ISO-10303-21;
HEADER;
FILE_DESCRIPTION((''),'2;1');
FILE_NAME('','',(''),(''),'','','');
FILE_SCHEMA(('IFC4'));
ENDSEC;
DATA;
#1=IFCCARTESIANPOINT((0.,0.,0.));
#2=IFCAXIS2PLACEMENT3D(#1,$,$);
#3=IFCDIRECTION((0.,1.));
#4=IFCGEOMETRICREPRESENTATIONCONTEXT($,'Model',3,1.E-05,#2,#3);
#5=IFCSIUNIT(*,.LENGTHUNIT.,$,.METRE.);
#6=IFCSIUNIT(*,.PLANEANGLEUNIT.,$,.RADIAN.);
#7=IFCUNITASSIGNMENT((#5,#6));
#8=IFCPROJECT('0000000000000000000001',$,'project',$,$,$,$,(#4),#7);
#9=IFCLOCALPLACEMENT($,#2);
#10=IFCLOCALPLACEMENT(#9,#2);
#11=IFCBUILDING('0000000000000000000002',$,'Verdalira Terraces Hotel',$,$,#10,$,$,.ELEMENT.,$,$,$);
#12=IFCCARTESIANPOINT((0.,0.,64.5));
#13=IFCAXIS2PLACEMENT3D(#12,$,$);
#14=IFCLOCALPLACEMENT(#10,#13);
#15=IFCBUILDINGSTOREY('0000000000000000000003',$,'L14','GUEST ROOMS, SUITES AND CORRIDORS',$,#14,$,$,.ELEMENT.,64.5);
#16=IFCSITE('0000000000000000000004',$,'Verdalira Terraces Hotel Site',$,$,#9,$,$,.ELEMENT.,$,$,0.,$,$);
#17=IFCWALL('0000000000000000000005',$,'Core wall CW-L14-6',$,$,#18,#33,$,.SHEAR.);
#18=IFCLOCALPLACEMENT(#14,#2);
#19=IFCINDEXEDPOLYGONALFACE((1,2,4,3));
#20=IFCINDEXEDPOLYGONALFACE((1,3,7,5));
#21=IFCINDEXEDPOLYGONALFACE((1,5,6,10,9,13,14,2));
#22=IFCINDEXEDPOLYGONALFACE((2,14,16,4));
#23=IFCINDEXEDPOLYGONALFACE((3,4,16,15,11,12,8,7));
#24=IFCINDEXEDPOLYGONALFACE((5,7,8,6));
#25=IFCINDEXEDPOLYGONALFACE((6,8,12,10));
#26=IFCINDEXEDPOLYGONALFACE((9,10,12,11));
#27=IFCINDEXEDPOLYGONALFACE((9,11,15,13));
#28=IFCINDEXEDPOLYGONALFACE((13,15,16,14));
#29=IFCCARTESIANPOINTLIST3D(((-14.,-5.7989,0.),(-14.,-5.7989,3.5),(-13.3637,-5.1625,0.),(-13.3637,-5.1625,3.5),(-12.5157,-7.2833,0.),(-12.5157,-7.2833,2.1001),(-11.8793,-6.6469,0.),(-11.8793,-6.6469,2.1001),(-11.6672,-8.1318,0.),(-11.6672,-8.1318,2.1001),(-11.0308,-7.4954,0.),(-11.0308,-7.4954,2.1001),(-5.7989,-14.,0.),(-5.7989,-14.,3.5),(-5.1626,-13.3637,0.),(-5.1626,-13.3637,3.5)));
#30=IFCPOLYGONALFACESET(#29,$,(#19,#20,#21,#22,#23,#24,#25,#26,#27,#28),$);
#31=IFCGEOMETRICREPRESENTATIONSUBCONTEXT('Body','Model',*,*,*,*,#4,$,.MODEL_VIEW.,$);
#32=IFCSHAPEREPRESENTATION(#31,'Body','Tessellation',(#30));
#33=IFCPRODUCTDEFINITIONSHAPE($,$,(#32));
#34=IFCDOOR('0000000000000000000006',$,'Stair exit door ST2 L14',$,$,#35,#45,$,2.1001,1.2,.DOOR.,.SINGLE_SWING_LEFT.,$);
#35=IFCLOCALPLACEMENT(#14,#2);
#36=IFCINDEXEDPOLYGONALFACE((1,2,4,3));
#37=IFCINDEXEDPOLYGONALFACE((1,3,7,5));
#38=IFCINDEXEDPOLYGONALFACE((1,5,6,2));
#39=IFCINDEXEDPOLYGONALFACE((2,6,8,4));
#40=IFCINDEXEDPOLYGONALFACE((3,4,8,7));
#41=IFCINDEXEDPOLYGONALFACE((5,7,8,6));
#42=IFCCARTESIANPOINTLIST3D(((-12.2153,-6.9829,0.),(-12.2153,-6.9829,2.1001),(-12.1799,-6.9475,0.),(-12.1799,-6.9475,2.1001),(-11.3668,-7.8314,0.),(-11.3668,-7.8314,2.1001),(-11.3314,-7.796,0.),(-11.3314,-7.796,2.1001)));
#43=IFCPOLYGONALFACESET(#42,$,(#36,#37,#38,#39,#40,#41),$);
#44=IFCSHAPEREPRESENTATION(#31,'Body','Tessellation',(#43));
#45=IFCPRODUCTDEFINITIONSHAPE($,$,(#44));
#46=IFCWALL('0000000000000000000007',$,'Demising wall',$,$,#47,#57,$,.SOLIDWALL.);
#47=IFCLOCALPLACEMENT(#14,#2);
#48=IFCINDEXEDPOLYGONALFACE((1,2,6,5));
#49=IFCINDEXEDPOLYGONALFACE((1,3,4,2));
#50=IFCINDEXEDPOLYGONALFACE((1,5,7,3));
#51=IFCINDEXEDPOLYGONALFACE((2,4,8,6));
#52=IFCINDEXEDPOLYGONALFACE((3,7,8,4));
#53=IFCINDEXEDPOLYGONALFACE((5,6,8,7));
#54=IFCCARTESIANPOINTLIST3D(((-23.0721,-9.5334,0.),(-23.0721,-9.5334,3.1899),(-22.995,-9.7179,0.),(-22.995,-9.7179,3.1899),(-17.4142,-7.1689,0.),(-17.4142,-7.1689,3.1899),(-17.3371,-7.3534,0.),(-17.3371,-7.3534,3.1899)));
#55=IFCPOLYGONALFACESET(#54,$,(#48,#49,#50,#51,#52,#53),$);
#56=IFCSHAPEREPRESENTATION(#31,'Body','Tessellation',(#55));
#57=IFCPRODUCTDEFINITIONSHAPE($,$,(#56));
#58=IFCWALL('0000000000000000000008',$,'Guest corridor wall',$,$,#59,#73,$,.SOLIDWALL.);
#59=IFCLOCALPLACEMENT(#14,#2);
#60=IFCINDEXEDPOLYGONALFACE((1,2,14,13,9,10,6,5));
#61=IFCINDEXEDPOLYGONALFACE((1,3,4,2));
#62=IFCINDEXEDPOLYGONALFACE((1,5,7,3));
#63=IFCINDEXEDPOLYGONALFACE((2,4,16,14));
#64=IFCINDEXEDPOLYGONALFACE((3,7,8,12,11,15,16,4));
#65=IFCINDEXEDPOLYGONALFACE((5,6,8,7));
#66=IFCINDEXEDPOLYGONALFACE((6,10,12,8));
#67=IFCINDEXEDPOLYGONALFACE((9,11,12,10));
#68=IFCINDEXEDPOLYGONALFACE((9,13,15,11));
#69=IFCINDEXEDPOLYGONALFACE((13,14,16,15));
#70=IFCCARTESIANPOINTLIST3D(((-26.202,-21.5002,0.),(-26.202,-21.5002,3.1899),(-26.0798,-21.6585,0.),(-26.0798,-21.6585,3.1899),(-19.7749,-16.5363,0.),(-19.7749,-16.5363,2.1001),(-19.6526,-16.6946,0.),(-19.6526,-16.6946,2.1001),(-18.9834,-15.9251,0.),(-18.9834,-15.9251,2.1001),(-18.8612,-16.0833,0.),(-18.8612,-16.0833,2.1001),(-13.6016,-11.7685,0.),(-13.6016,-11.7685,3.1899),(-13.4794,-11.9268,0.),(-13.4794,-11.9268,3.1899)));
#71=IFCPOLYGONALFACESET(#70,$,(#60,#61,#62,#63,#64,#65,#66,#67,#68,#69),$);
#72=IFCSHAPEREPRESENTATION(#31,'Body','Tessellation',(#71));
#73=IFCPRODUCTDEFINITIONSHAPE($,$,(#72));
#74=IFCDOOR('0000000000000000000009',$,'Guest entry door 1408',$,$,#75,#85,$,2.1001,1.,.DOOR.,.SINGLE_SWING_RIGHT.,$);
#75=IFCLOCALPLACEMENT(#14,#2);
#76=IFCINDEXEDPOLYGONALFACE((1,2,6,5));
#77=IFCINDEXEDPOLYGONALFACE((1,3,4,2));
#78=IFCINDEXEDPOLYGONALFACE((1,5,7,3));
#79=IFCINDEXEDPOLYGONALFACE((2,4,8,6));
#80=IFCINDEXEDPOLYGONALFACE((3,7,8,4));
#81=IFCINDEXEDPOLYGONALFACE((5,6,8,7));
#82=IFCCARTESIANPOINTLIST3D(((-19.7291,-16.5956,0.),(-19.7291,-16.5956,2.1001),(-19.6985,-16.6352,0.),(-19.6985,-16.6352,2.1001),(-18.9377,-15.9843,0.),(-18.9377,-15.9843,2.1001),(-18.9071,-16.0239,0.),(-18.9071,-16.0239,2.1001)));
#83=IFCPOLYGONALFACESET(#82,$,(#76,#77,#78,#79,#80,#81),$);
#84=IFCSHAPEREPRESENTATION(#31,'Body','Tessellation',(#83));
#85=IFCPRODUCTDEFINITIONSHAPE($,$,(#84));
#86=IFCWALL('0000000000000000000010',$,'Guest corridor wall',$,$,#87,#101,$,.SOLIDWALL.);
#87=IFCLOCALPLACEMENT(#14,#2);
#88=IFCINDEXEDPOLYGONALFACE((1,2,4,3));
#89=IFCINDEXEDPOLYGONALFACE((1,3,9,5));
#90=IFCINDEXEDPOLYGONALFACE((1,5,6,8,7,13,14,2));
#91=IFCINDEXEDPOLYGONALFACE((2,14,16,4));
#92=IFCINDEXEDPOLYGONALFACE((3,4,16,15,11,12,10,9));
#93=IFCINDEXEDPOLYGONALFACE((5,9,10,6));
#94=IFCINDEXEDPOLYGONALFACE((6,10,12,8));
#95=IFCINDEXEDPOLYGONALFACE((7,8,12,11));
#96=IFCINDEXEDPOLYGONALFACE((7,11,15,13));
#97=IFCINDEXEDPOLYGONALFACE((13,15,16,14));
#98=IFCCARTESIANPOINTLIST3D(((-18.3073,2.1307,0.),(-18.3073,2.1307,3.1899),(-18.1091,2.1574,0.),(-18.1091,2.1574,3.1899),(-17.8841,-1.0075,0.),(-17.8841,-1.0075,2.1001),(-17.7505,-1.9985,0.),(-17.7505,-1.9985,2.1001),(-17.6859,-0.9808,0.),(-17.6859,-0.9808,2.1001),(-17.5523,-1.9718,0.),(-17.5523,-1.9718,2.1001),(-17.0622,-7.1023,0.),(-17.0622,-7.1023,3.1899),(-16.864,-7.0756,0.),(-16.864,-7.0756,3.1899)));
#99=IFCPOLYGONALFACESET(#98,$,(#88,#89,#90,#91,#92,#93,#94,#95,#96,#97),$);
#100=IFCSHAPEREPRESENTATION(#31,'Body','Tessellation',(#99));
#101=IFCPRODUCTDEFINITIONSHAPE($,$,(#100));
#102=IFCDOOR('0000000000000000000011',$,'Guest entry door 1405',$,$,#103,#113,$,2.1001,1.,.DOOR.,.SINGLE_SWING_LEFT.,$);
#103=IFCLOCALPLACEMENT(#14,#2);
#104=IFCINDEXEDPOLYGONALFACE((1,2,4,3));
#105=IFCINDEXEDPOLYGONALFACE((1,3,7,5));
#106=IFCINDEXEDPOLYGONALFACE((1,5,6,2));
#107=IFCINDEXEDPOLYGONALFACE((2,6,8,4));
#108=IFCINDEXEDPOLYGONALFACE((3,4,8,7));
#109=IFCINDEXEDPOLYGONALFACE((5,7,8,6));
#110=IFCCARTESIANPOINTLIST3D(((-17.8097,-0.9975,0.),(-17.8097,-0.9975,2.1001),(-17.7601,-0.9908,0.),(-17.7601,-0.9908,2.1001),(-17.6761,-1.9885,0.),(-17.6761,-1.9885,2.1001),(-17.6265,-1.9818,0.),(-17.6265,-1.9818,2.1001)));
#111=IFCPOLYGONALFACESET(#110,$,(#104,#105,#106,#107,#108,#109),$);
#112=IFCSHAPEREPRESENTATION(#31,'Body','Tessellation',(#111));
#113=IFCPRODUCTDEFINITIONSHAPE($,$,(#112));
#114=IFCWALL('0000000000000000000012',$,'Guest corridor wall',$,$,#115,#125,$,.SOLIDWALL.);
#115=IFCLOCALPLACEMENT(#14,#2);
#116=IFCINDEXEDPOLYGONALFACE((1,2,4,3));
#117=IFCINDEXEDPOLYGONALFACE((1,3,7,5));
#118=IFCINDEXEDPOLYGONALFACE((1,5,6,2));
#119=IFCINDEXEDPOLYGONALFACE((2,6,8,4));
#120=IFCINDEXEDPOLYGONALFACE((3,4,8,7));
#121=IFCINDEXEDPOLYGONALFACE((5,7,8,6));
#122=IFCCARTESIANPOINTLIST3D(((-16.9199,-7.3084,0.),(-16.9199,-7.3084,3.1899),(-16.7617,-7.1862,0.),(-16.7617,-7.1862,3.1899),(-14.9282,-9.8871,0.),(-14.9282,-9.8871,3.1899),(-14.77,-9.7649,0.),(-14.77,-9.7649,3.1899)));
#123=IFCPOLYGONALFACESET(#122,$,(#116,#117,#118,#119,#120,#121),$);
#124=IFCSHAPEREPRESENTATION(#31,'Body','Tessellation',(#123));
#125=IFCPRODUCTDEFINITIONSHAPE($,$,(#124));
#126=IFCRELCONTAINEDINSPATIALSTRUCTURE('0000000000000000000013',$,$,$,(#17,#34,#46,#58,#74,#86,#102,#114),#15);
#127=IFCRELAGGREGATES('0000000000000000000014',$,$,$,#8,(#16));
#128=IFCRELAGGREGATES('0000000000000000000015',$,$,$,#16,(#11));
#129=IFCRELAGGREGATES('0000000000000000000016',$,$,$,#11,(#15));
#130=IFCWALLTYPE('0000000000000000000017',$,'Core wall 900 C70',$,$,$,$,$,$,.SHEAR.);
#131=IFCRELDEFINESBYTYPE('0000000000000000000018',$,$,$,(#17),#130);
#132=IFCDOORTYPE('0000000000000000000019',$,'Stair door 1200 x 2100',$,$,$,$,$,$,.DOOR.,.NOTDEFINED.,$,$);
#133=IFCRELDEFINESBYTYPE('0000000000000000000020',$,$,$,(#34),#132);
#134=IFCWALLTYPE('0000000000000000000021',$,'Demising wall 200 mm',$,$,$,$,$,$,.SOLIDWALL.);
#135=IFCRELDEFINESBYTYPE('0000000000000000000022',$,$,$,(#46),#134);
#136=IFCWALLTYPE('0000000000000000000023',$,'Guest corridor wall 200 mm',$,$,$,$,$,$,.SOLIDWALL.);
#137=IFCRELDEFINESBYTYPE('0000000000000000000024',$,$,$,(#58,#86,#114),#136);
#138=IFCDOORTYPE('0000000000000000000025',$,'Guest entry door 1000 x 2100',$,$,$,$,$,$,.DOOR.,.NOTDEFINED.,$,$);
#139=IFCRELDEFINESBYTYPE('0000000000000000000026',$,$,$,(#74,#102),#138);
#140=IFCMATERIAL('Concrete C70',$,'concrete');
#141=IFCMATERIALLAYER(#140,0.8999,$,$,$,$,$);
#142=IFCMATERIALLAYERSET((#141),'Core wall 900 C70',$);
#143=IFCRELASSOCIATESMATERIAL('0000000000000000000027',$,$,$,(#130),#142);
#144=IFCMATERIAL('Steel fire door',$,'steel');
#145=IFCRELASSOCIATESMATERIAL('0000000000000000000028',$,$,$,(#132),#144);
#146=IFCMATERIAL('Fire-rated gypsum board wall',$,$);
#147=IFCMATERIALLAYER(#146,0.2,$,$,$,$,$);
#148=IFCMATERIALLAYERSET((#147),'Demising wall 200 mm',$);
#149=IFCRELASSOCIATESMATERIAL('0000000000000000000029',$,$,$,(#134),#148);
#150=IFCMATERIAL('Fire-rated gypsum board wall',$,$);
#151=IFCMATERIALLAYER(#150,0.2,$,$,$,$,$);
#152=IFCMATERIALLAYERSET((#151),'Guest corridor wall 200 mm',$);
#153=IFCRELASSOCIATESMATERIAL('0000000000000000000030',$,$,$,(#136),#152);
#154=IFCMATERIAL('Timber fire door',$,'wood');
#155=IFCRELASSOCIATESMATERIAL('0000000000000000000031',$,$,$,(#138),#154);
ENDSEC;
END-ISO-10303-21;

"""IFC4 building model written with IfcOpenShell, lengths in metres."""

from ifc_helpers import new_model, si_unit, direction, frame, frame_2d, origin, place, context, subcontext, project, spatial, rectangle, extrude, material, layer, layer_set, type_object, element, fill, save


model = new_model("IFC4")

# Units and contexts
model_context = context("Model", 3, precision=1e-05, world=origin(), true_north=direction((0.0, 1.0)))
body_context = subcontext(model_context, "Body", "Model", "MODEL_VIEW")
ifc_project = project(units=[si_unit("LENGTHUNIT", "METRE"), si_unit("PLANEANGLEUNIT", "RADIAN")], contexts=[model_context])

# Site, building, storey
site_placement = place(None, origin())
site = spatial("IfcSite", under=ifc_project, at=site_placement, Name="Verdalira Terraces Hotel Site", CompositionType="ELEMENT", RefElevation=0.0)
building_placement = place(site_placement, origin())
building = spatial("IfcBuilding", under=site, at=building_placement, Name="Verdalira Terraces Hotel", CompositionType="ELEMENT")
storey_placement = place(building_placement, frame((0.0, 0.0, 64.5)))
storey = spatial("IfcBuildingStorey", under=building, at=storey_placement, Name="L14", Description="GUEST ROOMS, SUITES AND CORRIDORS", CompositionType="ELEMENT", Elevation=64.5)

# Wall, opening, door
ifc_material_1 = material(Name="Concrete C70", Category="concrete")
ifc_layer_1 = layer(ifc_material_1, 0.8999)
ifc_layer_set_1 = layer_set([ifc_layer_1], Name="Core wall 900 C70")
wall_type_1 = type_object("IfcWallType", Name="Core wall 900 C70", PredefinedType="SHEAR", material=ifc_layer_set_1)
wall_1_placement = place(storey_placement, frame((-13.6819, -5.4807, 0.0), z_axis=(0.0, 0.0, 1.0), x_axis=(0.707107, -0.707107, 0.0)))
wall_1 = element("IfcWall", 1, at=wall_1_placement, inside=storey, type_object=wall_type_1, Name="Core wall CW-L14-6", PredefinedType="SHEAR", context=body_context, shape_type="SweptSolid", body=[
    extrude(rectangle(XDim=11.5981, YDim=0.8999, at=frame_2d((5.7991, 0.0))), origin(), (0.0, 0.0, 1.0), 3.5),
])
opening_1_placement = place(wall_1_placement, frame((2.0991, 0.0, 0.0)))
opening_1 = element("IfcOpeningElement", 2, at=opening_1_placement, cuts=wall_1, PredefinedType="OPENING", context=body_context, shape_type="SweptSolid", body=[
    extrude(rectangle(XDim=1.2, YDim=2.1001, at=frame_2d((0.6001, 1.05))), frame((0.0, 0.46, 0.0), z_axis=(0.0, -1.0, 0.0), x_axis=(1.0, 0.0, 0.0)), (0.0, 0.0, 1.0), 0.9199),
])
ifc_material_2 = material(Name="Steel fire door", Category="steel")
door_type_1 = type_object("IfcDoorType", Name="Stair door 1200 x 2100", OperationType="NOTDEFINED", PredefinedType="DOOR", material=ifc_material_2)
door_1_placement = place(opening_1_placement, origin())
door_1 = element("IfcDoor", 3, at=door_1_placement, inside=storey, type_object=door_type_1, Name="Stair exit door ST2 L14", OperationType="SINGLE_SWING_LEFT", OverallHeight=2.1001, OverallWidth=1.2, PredefinedType="DOOR", context=body_context, shape_type="SweptSolid", body=[
    extrude(rectangle(XDim=1.2, YDim=2.1001, at=frame_2d((0.6001, 1.05))), frame((0.0, 0.0249, 0.0), z_axis=(0.0, -1.0, 0.0), x_axis=(1.0, 0.0, 0.0)), (0.0, 0.0, 1.0), 0.05),
])
fill(opening_1, door_1)

# Wall
ifc_material_3 = material(Name="Fire-rated gypsum board wall")
ifc_layer_2 = layer(ifc_material_3, 0.2)
ifc_layer_set_2 = layer_set([ifc_layer_2], Name="Demising wall 200 mm")
wall_type_2 = type_object("IfcWallType", Name="Demising wall 200 mm", PredefinedType="SOLIDWALL", material=ifc_layer_set_2)
wall_2_placement = place(storey_placement, frame((-17.3757, -7.2612, 0.0), z_axis=(0.0, 0.0, 1.0), x_axis=(-0.92267, -0.38559, 0.0)))
element("IfcWall", 4, at=wall_2_placement, inside=storey, type_object=wall_type_2, Name="Demising wall", PredefinedType="SOLIDWALL", context=body_context, shape_type="SweptSolid", body=[
    extrude(rectangle(XDim=6.1321, YDim=0.2, at=frame_2d((3.0659, 0.0))), origin(), (0.0, 0.0, 1.0), 3.1899),
])

# Walls, openings, doors
ifc_material_4 = material(Name="Fire-rated gypsum board wall")
ifc_layer_3 = layer(ifc_material_4, 0.2)
ifc_layer_set_3 = layer_set([ifc_layer_3], Name="Guest corridor wall 200 mm")
wall_type_3 = type_object("IfcWallType", Name="Guest corridor wall 200 mm", PredefinedType="SOLIDWALL", material=ifc_layer_set_3)
wall_3_placement = place(storey_placement, frame((-13.5405, -11.8477, 0.0), z_axis=(0.0, 0.0, 1.0), x_axis=(-0.791435, -0.611253, 0.0)))
wall_3 = element("IfcWall", 5, at=wall_3_placement, inside=storey, type_object=wall_type_3, Name="Guest corridor wall", PredefinedType="SOLIDWALL", context=body_context, shape_type="SweptSolid", body=[
    extrude(rectangle(XDim=15.9209, YDim=0.2, at=frame_2d((7.9604, 0.0))), origin(), (0.0, 0.0, 1.0), 3.1899),
])
opening_2_placement = place(wall_3_placement, frame((6.8, 0.0, 0.0)))
opening_2 = element("IfcOpeningElement", 6, at=opening_2_placement, cuts=wall_3, PredefinedType="OPENING", context=body_context, shape_type="SweptSolid", body=[
    extrude(rectangle(XDim=1.0, YDim=2.1001, at=frame_2d((0.5, 1.05))), frame((0.0, 0.1099, 0.0), z_axis=(0.0, -1.0, 0.0), x_axis=(1.0, 0.0, 0.0)), (0.0, 0.0, 1.0), 0.22),
])
ifc_material_5 = material(Name="Timber fire door", Category="wood")
door_type_2 = type_object("IfcDoorType", Name="Guest entry door 1000 x 2100", OperationType="NOTDEFINED", PredefinedType="DOOR", material=ifc_material_5)
door_2_placement = place(opening_2_placement, origin())
door_2 = element("IfcDoor", 7, at=door_2_placement, inside=storey, type_object=door_type_2, Name="Guest entry door 1408", OperationType="SINGLE_SWING_RIGHT", OverallHeight=2.1001, OverallWidth=1.0, PredefinedType="DOOR", context=body_context, shape_type="SweptSolid", body=[
    extrude(rectangle(XDim=1.0, YDim=2.1001, at=frame_2d((0.5, 1.05))), frame((0.0, 0.0249, 0.0), z_axis=(0.0, -1.0, 0.0), x_axis=(1.0, 0.0, 0.0)), (0.0, 0.0, 1.0), 0.05),
])
fill(opening_2, door_2)
wall_4_placement = place(storey_placement, frame((-16.9631, -7.0889, 0.0), z_axis=(0.0, 0.0, 1.0), x_axis=(-0.133643, 0.99103, 0.0)))
wall_4 = element("IfcWall", 8, at=wall_4_placement, inside=storey, type_object=wall_type_3, Name="Guest corridor wall", PredefinedType="SOLIDWALL", context=body_context, shape_type="SweptSolid", body=[
    extrude(rectangle(XDim=9.3166, YDim=0.2, at=frame_2d((4.6582, 0.0))), origin(), (0.0, 0.0, 1.0), 3.1899),
])
opening_3_placement = place(wall_4_placement, frame((5.1499, 0.0, 0.0)))
opening_3 = element("IfcOpeningElement", 9, at=opening_3_placement, cuts=wall_4, PredefinedType="OPENING", context=body_context, shape_type="SweptSolid", body=[
    extrude(rectangle(XDim=1.0, YDim=2.1001, at=frame_2d((0.5, 1.05))), frame((0.0, 0.1099, 0.0), z_axis=(0.0, -1.0, 0.0), x_axis=(1.0, 0.0, 0.0)), (0.0, 0.0, 1.0), 0.22),
])
door_3_placement = place(opening_3_placement, origin())
door_3 = element("IfcDoor", 10, at=door_3_placement, inside=storey, type_object=door_type_2, Name="Guest entry door 1405", OperationType="SINGLE_SWING_LEFT", OverallHeight=2.1001, OverallWidth=1.0, PredefinedType="DOOR", context=body_context, shape_type="SweptSolid", body=[
    extrude(rectangle(XDim=1.0, YDim=2.1001, at=frame_2d((0.5, 1.05))), frame((0.0, 0.0249, 0.0), z_axis=(0.0, -1.0, 0.0), x_axis=(1.0, 0.0, 0.0)), (0.0, 0.0, 1.0), 0.05),
])
fill(opening_3, door_3)

# Wall
wall_5_placement = place(storey_placement, frame((-16.8408, -7.2473, 0.0), z_axis=(0.0, 0.0, 1.0), x_axis=(0.611281, -0.791414, 0.0)))
element("IfcWall", 11, at=wall_5_placement, inside=storey, type_object=wall_type_3, Name="Guest corridor wall", PredefinedType="SOLIDWALL", context=body_context, shape_type="SweptSolid", body=[
    extrude(rectangle(XDim=3.2583, YDim=0.2, at=frame_2d((1.6292, 0.0))), origin(), (0.0, 0.0, 1.0), 3.1899),
])

save(model, "model.ifc")
